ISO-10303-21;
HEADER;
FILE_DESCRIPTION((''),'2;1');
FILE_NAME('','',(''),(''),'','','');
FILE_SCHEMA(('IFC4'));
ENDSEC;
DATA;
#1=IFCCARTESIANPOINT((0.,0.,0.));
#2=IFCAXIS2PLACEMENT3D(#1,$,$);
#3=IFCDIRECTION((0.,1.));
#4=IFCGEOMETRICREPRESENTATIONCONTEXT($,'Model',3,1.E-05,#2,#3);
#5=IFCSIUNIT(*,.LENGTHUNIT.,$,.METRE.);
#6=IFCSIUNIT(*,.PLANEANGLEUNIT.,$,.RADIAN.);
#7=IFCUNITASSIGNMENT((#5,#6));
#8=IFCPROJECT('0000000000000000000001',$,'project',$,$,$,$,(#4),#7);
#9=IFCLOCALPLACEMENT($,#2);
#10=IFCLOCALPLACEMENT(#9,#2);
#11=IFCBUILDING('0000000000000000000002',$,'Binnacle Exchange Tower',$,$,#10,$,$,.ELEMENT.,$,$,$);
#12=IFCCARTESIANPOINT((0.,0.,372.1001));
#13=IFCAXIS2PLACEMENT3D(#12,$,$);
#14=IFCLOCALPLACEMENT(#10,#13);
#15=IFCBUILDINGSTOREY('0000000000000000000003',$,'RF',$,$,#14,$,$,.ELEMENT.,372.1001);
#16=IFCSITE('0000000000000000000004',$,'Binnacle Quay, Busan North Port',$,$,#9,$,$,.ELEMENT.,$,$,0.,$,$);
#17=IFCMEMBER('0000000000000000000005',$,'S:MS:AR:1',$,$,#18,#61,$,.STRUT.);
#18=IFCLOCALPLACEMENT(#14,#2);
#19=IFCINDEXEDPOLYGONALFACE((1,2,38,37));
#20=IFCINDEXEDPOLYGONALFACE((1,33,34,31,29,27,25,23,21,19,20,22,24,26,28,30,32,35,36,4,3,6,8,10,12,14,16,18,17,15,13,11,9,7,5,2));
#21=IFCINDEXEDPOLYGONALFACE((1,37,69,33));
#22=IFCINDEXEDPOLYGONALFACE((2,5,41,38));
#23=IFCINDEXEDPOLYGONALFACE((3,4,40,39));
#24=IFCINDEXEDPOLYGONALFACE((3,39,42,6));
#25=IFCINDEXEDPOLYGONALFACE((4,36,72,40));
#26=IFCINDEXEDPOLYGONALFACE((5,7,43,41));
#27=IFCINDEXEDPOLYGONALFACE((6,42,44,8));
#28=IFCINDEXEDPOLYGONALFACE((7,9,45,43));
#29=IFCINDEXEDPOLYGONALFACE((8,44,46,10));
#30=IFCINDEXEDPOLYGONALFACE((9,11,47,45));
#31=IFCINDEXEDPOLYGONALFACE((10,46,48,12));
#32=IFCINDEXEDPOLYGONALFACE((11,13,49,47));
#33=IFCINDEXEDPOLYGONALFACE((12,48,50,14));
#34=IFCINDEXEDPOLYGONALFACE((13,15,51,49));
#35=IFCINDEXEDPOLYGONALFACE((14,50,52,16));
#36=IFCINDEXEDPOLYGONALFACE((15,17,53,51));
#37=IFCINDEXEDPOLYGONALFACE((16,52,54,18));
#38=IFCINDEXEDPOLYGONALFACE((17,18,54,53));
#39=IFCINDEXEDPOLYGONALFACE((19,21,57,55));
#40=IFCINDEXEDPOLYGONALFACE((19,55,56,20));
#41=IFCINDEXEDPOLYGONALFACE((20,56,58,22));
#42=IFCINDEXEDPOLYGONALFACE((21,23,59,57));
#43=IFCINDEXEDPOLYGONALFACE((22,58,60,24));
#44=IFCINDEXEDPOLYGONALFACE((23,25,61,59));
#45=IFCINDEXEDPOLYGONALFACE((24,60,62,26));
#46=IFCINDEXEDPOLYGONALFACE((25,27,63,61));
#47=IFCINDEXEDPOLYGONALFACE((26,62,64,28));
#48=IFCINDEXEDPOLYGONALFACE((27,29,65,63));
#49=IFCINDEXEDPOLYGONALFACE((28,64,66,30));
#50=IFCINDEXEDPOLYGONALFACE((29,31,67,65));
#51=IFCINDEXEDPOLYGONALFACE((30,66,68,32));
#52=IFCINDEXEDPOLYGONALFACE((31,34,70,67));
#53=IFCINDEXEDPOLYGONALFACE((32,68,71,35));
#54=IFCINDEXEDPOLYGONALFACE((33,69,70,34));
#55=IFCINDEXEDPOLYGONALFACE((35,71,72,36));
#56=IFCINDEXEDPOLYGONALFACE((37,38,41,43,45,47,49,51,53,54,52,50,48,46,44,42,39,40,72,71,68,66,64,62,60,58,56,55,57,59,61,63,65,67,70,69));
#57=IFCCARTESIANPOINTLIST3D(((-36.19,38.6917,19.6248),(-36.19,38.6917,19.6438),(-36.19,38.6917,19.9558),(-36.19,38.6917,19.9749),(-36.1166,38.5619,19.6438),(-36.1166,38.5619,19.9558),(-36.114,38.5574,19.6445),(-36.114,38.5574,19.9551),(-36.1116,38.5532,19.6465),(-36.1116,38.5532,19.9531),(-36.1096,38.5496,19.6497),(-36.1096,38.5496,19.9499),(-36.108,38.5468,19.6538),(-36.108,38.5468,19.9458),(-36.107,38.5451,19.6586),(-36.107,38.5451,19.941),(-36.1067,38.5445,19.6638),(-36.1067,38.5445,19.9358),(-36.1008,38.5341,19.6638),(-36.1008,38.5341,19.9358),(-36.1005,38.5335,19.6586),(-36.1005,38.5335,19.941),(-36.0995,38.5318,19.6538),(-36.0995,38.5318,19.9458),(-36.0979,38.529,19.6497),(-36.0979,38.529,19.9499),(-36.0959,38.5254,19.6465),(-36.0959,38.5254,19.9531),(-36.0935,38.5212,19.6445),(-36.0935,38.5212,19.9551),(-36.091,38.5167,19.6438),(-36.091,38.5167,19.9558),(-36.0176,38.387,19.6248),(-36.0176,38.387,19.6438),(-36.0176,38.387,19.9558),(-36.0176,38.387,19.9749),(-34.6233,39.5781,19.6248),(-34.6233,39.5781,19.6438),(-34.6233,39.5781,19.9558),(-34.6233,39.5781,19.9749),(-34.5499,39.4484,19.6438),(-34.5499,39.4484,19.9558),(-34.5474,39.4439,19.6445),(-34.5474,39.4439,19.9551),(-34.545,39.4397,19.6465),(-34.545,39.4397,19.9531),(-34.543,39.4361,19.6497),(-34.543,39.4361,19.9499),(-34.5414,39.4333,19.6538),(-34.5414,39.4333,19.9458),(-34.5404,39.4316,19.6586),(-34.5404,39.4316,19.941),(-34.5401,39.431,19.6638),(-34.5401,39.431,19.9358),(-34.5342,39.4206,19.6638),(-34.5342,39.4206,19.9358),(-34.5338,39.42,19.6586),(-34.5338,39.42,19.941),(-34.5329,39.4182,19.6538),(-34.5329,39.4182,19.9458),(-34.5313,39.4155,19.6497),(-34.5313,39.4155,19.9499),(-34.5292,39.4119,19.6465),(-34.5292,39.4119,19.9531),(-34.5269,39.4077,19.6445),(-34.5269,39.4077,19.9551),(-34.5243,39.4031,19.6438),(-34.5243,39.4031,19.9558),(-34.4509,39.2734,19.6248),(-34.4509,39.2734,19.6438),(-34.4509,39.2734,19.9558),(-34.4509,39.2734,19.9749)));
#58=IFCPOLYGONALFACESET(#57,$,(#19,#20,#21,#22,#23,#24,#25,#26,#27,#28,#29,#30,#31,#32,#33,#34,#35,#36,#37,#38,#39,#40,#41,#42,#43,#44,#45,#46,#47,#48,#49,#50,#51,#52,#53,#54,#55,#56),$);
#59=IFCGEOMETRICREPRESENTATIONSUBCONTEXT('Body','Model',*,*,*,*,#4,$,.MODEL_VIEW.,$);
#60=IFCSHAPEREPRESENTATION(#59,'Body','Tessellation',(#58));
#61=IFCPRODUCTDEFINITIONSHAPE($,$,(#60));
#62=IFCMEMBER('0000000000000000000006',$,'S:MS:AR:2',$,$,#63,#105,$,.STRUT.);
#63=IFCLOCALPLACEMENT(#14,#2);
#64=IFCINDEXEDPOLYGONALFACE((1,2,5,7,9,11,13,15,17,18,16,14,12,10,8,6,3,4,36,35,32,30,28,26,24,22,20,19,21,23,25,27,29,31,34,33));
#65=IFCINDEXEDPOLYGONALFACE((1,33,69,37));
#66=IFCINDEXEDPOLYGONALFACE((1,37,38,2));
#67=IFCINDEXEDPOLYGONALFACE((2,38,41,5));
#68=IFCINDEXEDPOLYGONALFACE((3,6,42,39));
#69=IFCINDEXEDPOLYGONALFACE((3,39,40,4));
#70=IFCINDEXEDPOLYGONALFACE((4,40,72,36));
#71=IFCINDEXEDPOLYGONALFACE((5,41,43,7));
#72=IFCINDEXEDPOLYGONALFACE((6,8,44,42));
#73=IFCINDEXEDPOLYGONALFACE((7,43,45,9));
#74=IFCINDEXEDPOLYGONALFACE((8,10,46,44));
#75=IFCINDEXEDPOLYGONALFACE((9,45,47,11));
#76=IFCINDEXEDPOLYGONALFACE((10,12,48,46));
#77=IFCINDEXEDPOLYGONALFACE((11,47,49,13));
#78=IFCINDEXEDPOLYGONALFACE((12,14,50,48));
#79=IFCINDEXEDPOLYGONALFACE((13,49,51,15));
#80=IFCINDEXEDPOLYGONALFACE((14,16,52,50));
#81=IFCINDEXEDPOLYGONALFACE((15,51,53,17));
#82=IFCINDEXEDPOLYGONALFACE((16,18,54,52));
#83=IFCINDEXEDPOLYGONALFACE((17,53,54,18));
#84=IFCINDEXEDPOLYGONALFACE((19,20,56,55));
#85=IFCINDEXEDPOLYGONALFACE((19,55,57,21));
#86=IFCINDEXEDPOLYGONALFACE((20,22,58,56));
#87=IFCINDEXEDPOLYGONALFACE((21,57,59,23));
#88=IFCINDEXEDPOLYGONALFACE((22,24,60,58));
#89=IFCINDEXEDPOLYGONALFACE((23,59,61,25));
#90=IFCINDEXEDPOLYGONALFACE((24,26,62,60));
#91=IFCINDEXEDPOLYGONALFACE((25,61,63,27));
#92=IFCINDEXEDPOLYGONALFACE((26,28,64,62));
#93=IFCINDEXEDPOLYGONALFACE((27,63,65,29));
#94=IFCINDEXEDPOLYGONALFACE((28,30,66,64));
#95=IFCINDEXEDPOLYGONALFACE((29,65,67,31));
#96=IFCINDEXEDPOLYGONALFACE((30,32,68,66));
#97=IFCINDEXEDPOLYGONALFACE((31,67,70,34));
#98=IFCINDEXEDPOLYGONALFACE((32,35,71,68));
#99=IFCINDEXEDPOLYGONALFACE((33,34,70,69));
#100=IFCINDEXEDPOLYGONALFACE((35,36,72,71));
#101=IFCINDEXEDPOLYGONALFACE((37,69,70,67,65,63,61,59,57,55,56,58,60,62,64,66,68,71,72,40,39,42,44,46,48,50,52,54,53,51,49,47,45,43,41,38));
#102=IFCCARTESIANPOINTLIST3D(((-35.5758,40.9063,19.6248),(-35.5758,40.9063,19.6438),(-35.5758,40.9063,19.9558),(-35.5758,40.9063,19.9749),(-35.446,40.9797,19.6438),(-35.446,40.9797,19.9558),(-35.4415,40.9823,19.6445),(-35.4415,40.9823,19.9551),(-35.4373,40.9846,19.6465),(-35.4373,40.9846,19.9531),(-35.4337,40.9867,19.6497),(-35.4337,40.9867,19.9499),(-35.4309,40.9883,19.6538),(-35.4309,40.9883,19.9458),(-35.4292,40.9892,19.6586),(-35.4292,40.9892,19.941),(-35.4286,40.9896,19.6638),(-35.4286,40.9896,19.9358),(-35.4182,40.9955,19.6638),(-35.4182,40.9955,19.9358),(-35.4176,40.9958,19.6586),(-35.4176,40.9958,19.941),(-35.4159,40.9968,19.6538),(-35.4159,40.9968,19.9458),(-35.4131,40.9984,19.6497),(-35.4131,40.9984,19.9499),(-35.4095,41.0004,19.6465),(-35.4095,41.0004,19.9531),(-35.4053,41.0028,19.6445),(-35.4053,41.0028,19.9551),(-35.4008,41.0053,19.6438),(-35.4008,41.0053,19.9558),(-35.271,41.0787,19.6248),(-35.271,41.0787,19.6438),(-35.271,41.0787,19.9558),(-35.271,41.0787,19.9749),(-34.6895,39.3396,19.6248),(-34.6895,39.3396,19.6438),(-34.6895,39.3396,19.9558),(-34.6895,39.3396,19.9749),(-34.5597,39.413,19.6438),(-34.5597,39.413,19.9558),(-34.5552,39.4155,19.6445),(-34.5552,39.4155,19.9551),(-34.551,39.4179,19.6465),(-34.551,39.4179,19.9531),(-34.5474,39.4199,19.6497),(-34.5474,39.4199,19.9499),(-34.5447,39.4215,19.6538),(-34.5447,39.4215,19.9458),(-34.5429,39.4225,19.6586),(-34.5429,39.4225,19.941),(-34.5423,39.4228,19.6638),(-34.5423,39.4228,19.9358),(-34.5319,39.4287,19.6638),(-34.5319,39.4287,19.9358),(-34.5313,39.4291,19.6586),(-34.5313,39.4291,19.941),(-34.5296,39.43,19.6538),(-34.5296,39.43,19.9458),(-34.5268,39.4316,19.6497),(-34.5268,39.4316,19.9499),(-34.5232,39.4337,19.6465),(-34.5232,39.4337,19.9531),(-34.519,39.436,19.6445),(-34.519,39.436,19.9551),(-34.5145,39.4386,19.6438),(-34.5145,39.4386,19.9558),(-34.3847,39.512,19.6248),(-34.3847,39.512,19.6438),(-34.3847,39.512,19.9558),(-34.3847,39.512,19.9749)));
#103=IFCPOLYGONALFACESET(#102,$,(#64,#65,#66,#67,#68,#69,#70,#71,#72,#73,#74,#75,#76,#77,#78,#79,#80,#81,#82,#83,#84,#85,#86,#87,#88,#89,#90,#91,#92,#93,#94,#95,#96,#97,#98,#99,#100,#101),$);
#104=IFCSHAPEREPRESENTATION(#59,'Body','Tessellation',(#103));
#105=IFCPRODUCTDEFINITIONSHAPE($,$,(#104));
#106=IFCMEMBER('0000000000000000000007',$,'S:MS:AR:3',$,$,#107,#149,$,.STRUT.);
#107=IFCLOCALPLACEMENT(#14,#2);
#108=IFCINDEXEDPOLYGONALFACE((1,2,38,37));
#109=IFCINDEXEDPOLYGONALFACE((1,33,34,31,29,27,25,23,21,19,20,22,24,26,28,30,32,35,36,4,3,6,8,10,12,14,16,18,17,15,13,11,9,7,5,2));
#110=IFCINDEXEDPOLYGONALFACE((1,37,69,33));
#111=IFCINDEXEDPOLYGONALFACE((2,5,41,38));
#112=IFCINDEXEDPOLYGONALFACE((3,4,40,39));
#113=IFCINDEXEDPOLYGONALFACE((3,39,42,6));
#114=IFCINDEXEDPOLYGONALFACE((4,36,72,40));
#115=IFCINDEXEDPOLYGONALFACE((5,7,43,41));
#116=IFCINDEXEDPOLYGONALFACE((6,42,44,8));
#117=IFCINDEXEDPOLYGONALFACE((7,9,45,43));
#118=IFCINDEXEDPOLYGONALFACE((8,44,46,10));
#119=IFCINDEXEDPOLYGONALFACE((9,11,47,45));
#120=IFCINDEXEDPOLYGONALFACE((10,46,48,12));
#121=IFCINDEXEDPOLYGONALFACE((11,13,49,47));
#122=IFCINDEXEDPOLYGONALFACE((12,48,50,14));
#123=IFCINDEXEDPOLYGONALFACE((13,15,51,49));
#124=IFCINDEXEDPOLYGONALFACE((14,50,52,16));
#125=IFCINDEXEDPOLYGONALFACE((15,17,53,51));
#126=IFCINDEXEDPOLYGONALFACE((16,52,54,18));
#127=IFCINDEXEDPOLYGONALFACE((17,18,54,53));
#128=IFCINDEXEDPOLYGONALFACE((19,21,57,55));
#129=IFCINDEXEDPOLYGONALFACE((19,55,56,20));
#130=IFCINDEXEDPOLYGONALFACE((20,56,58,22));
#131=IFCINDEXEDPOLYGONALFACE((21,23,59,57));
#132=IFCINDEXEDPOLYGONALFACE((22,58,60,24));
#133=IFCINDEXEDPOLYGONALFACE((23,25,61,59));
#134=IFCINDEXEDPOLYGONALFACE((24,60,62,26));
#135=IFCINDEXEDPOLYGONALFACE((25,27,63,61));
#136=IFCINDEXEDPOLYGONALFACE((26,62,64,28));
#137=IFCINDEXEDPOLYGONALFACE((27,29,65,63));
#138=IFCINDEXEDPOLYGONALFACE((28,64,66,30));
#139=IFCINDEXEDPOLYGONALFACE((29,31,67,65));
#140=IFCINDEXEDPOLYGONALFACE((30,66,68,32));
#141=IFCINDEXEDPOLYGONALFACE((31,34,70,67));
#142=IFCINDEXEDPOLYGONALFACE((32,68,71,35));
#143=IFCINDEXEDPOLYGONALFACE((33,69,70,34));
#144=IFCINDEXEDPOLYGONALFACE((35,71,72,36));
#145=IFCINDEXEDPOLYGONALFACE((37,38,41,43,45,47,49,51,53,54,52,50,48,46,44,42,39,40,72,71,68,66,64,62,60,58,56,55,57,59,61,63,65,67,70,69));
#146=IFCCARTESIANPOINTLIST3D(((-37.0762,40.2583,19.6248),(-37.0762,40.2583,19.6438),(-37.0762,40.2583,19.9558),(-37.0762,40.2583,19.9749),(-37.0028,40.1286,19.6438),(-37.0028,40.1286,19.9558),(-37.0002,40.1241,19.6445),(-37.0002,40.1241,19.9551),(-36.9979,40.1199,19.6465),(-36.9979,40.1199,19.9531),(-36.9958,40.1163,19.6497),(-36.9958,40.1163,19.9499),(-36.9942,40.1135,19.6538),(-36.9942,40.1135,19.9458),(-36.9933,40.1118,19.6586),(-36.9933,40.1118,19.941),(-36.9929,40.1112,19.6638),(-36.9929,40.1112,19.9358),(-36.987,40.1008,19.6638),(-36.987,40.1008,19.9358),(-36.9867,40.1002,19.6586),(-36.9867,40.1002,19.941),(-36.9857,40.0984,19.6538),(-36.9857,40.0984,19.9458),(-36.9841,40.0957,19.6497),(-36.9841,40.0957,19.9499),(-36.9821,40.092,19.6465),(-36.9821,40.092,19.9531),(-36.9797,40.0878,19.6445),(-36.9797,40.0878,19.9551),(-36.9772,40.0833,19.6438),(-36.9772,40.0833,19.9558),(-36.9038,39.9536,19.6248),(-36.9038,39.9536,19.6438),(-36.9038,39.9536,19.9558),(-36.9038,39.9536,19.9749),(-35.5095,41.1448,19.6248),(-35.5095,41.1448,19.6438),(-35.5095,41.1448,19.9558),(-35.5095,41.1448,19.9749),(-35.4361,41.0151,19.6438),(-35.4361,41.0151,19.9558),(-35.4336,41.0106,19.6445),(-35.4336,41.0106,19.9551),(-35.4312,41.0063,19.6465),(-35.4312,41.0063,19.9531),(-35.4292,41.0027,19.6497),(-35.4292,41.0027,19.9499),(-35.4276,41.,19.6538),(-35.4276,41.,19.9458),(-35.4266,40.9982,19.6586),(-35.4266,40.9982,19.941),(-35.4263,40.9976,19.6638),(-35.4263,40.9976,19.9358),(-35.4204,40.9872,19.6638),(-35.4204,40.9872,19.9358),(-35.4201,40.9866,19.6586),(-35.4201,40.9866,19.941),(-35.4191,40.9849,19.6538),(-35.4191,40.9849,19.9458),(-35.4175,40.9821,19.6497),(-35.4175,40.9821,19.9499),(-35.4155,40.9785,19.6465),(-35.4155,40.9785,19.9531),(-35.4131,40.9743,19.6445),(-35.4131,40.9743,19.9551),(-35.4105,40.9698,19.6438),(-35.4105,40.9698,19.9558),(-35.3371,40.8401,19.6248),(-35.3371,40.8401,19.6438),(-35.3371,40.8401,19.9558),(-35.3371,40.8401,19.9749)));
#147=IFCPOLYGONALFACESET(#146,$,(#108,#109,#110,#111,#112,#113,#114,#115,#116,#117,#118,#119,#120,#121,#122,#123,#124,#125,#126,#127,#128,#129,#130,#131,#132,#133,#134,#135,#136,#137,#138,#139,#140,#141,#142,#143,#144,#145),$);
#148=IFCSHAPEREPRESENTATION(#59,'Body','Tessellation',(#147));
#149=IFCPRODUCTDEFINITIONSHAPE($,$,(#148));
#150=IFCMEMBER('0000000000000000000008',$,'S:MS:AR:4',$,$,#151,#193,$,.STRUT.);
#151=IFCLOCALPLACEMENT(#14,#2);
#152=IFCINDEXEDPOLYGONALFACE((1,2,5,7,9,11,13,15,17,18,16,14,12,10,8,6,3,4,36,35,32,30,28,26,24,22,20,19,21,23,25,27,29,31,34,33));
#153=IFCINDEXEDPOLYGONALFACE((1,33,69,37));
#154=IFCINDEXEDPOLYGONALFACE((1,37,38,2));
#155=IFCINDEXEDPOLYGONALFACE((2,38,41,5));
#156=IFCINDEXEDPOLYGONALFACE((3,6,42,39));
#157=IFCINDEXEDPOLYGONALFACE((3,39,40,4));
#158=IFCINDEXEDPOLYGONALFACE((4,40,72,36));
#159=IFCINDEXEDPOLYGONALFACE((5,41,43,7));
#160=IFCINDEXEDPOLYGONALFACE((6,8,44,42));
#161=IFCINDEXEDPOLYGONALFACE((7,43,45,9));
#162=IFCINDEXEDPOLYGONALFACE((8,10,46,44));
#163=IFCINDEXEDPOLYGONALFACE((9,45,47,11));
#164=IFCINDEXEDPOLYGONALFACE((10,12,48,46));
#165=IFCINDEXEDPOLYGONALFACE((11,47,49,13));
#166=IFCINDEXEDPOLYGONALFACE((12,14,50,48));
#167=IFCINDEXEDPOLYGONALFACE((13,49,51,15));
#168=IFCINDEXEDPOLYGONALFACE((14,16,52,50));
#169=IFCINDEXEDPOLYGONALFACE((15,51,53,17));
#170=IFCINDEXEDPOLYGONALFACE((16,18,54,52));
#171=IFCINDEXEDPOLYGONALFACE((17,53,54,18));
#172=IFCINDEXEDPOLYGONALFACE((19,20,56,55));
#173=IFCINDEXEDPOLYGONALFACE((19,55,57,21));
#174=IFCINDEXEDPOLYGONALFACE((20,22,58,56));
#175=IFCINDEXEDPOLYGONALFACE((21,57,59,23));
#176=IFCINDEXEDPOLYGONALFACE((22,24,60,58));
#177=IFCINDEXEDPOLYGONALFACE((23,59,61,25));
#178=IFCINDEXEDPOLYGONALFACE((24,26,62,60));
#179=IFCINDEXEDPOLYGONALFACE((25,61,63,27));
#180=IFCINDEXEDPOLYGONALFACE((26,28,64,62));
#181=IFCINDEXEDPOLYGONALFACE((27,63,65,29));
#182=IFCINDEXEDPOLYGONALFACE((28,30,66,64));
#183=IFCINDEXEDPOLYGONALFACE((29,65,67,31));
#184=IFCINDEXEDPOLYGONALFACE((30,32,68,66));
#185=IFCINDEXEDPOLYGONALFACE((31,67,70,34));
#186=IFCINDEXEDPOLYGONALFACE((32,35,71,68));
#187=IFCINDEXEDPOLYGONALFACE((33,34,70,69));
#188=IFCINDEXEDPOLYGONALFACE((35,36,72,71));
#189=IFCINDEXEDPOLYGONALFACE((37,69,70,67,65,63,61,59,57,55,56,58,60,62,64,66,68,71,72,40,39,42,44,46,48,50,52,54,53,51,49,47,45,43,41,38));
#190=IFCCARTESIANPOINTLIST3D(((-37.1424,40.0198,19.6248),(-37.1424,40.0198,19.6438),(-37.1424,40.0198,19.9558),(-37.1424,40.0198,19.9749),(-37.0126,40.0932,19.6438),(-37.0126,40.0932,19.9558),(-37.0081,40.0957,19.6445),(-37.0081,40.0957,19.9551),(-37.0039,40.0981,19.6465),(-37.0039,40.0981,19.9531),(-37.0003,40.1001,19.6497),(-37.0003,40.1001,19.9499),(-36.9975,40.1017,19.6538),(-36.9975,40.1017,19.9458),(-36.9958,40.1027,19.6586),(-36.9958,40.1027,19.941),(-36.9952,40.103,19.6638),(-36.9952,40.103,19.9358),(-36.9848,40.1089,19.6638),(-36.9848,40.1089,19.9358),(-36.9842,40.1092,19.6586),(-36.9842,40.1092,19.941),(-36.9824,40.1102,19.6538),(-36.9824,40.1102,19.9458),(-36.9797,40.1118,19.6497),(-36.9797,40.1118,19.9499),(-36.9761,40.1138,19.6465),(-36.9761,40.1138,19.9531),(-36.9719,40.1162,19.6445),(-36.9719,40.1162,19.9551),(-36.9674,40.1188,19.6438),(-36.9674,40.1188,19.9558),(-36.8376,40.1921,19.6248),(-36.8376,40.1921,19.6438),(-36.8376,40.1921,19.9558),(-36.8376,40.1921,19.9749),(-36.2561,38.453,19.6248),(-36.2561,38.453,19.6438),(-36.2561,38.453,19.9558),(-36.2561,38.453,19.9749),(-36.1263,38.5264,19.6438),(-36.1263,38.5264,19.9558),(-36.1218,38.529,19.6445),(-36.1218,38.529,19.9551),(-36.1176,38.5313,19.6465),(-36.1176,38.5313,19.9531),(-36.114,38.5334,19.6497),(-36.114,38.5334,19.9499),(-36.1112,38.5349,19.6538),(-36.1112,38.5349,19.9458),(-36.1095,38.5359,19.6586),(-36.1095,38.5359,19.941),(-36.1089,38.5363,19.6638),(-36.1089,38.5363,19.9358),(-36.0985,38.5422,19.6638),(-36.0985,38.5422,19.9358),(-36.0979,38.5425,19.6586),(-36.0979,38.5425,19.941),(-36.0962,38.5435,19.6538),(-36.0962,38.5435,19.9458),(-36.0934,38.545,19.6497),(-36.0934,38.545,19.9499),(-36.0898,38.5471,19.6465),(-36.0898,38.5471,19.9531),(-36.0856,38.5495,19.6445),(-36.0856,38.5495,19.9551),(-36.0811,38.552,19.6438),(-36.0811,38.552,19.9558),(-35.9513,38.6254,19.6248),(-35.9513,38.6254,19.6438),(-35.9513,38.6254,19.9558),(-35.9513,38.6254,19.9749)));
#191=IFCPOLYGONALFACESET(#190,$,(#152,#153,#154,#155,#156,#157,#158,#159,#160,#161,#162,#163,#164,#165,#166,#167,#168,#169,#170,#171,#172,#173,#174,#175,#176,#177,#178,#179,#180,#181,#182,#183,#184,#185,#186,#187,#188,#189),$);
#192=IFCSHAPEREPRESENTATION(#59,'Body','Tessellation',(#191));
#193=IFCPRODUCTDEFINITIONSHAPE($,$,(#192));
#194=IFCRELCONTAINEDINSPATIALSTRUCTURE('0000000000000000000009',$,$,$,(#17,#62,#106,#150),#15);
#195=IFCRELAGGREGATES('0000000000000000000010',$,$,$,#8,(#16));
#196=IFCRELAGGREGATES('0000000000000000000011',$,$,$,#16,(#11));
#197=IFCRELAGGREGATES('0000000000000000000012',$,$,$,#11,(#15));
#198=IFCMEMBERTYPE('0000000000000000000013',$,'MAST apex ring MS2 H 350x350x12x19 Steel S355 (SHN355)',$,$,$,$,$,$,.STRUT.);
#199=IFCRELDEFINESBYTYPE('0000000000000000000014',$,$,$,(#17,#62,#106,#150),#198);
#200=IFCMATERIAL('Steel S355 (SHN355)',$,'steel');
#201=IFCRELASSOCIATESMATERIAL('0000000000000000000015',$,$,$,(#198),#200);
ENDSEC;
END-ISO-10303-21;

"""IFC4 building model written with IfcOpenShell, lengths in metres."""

from ifc_helpers import new_model, si_unit, direction, frame, origin, origin_2d, place, context, subcontext, project, spatial, i_section, extrude, material, material_profile, profile_set, type_object, element, save


model = new_model("IFC4")

# Units and contexts
model_context = context("Model", 3, precision=1e-05, world=origin(), true_north=direction((0.0, 1.0)))
body_context = subcontext(model_context, "Body", "Model", "MODEL_VIEW")
ifc_project = project(units=[si_unit("LENGTHUNIT", "METRE"), si_unit("PLANEANGLEUNIT", "RADIAN")], contexts=[model_context])

# Site, building, storey
site_placement = place(None, origin())
site = spatial("IfcSite", under=ifc_project, at=site_placement, Name="Binnacle Quay, Busan North Port", CompositionType="ELEMENT", RefElevation=0.0)
building_placement = place(site_placement, origin())
building = spatial("IfcBuilding", under=site, at=building_placement, Name="Binnacle Exchange Tower", CompositionType="ELEMENT")
storey_placement = place(building_placement, frame((0.0, 0.0, 372.1001)))
storey = spatial("IfcBuildingStorey", under=building, at=storey_placement, Name="RF", CompositionType="ELEMENT", Elevation=372.1001)

# Members
ifc_material_1 = material(Name="Steel S355 (SHN355)", Category="steel")
ifc_material_profile_1 = material_profile(ifc_material_1, i_section(OverallWidth=0.3501, OverallDepth=0.3501, WebThickness=0.012, FlangeThickness=0.019, FilletRadius=0.02, at=origin_2d()), Name="H 350x350x12x19")
ifc_profile_set_1 = profile_set([ifc_material_profile_1], Name="Steel S355 (SHN355)")
member_type_1 = type_object("IfcMemberType", Name="MAST apex ring MS2 H 350x350x12x19 Steel S355 (SHN355)", PredefinedType="STRUT", material=ifc_profile_set_1)
for number, where, z_axis, x_axis, name in (
    (1, (-36.1038, 38.5393, 19.7998), (0.87033, 0.492468, 0.0), (-0.492468, 0.87033, 0.0), "S:MS:AR:1"),
    (2, (-34.5371, 39.4258, 19.7998), (-0.492366, 0.870388, 0.0), (-0.870388, -0.492366, 0.0), "S:MS:AR:2"),
    (3, (-35.4233, 40.9924, 19.7998), (-0.87033, -0.492468, 0.0), (0.492468, -0.87033, 0.0), "S:MS:AR:3"),
    (4, (-36.99, 40.106, 19.7998), (0.492366, -0.870388, 0.0), (0.870388, 0.492366, 0.0), "S:MS:AR:4"),
):
    element("IfcMember", number, at=place(storey_placement, frame(where, z_axis=z_axis, x_axis=x_axis)), inside=storey, type_object=member_type_1, Name=name, PredefinedType="STRUT", context=body_context, shape_type="SweptSolid", body=[
        extrude(i_section(OverallWidth=0.3501, OverallDepth=0.3501, WebThickness=0.012, FlangeThickness=0.019, FilletRadius=0.02, at=origin_2d()), origin(), (0.0, 0.0, 1.0), 1.8),
    ])

save(model, "model.ifc")
